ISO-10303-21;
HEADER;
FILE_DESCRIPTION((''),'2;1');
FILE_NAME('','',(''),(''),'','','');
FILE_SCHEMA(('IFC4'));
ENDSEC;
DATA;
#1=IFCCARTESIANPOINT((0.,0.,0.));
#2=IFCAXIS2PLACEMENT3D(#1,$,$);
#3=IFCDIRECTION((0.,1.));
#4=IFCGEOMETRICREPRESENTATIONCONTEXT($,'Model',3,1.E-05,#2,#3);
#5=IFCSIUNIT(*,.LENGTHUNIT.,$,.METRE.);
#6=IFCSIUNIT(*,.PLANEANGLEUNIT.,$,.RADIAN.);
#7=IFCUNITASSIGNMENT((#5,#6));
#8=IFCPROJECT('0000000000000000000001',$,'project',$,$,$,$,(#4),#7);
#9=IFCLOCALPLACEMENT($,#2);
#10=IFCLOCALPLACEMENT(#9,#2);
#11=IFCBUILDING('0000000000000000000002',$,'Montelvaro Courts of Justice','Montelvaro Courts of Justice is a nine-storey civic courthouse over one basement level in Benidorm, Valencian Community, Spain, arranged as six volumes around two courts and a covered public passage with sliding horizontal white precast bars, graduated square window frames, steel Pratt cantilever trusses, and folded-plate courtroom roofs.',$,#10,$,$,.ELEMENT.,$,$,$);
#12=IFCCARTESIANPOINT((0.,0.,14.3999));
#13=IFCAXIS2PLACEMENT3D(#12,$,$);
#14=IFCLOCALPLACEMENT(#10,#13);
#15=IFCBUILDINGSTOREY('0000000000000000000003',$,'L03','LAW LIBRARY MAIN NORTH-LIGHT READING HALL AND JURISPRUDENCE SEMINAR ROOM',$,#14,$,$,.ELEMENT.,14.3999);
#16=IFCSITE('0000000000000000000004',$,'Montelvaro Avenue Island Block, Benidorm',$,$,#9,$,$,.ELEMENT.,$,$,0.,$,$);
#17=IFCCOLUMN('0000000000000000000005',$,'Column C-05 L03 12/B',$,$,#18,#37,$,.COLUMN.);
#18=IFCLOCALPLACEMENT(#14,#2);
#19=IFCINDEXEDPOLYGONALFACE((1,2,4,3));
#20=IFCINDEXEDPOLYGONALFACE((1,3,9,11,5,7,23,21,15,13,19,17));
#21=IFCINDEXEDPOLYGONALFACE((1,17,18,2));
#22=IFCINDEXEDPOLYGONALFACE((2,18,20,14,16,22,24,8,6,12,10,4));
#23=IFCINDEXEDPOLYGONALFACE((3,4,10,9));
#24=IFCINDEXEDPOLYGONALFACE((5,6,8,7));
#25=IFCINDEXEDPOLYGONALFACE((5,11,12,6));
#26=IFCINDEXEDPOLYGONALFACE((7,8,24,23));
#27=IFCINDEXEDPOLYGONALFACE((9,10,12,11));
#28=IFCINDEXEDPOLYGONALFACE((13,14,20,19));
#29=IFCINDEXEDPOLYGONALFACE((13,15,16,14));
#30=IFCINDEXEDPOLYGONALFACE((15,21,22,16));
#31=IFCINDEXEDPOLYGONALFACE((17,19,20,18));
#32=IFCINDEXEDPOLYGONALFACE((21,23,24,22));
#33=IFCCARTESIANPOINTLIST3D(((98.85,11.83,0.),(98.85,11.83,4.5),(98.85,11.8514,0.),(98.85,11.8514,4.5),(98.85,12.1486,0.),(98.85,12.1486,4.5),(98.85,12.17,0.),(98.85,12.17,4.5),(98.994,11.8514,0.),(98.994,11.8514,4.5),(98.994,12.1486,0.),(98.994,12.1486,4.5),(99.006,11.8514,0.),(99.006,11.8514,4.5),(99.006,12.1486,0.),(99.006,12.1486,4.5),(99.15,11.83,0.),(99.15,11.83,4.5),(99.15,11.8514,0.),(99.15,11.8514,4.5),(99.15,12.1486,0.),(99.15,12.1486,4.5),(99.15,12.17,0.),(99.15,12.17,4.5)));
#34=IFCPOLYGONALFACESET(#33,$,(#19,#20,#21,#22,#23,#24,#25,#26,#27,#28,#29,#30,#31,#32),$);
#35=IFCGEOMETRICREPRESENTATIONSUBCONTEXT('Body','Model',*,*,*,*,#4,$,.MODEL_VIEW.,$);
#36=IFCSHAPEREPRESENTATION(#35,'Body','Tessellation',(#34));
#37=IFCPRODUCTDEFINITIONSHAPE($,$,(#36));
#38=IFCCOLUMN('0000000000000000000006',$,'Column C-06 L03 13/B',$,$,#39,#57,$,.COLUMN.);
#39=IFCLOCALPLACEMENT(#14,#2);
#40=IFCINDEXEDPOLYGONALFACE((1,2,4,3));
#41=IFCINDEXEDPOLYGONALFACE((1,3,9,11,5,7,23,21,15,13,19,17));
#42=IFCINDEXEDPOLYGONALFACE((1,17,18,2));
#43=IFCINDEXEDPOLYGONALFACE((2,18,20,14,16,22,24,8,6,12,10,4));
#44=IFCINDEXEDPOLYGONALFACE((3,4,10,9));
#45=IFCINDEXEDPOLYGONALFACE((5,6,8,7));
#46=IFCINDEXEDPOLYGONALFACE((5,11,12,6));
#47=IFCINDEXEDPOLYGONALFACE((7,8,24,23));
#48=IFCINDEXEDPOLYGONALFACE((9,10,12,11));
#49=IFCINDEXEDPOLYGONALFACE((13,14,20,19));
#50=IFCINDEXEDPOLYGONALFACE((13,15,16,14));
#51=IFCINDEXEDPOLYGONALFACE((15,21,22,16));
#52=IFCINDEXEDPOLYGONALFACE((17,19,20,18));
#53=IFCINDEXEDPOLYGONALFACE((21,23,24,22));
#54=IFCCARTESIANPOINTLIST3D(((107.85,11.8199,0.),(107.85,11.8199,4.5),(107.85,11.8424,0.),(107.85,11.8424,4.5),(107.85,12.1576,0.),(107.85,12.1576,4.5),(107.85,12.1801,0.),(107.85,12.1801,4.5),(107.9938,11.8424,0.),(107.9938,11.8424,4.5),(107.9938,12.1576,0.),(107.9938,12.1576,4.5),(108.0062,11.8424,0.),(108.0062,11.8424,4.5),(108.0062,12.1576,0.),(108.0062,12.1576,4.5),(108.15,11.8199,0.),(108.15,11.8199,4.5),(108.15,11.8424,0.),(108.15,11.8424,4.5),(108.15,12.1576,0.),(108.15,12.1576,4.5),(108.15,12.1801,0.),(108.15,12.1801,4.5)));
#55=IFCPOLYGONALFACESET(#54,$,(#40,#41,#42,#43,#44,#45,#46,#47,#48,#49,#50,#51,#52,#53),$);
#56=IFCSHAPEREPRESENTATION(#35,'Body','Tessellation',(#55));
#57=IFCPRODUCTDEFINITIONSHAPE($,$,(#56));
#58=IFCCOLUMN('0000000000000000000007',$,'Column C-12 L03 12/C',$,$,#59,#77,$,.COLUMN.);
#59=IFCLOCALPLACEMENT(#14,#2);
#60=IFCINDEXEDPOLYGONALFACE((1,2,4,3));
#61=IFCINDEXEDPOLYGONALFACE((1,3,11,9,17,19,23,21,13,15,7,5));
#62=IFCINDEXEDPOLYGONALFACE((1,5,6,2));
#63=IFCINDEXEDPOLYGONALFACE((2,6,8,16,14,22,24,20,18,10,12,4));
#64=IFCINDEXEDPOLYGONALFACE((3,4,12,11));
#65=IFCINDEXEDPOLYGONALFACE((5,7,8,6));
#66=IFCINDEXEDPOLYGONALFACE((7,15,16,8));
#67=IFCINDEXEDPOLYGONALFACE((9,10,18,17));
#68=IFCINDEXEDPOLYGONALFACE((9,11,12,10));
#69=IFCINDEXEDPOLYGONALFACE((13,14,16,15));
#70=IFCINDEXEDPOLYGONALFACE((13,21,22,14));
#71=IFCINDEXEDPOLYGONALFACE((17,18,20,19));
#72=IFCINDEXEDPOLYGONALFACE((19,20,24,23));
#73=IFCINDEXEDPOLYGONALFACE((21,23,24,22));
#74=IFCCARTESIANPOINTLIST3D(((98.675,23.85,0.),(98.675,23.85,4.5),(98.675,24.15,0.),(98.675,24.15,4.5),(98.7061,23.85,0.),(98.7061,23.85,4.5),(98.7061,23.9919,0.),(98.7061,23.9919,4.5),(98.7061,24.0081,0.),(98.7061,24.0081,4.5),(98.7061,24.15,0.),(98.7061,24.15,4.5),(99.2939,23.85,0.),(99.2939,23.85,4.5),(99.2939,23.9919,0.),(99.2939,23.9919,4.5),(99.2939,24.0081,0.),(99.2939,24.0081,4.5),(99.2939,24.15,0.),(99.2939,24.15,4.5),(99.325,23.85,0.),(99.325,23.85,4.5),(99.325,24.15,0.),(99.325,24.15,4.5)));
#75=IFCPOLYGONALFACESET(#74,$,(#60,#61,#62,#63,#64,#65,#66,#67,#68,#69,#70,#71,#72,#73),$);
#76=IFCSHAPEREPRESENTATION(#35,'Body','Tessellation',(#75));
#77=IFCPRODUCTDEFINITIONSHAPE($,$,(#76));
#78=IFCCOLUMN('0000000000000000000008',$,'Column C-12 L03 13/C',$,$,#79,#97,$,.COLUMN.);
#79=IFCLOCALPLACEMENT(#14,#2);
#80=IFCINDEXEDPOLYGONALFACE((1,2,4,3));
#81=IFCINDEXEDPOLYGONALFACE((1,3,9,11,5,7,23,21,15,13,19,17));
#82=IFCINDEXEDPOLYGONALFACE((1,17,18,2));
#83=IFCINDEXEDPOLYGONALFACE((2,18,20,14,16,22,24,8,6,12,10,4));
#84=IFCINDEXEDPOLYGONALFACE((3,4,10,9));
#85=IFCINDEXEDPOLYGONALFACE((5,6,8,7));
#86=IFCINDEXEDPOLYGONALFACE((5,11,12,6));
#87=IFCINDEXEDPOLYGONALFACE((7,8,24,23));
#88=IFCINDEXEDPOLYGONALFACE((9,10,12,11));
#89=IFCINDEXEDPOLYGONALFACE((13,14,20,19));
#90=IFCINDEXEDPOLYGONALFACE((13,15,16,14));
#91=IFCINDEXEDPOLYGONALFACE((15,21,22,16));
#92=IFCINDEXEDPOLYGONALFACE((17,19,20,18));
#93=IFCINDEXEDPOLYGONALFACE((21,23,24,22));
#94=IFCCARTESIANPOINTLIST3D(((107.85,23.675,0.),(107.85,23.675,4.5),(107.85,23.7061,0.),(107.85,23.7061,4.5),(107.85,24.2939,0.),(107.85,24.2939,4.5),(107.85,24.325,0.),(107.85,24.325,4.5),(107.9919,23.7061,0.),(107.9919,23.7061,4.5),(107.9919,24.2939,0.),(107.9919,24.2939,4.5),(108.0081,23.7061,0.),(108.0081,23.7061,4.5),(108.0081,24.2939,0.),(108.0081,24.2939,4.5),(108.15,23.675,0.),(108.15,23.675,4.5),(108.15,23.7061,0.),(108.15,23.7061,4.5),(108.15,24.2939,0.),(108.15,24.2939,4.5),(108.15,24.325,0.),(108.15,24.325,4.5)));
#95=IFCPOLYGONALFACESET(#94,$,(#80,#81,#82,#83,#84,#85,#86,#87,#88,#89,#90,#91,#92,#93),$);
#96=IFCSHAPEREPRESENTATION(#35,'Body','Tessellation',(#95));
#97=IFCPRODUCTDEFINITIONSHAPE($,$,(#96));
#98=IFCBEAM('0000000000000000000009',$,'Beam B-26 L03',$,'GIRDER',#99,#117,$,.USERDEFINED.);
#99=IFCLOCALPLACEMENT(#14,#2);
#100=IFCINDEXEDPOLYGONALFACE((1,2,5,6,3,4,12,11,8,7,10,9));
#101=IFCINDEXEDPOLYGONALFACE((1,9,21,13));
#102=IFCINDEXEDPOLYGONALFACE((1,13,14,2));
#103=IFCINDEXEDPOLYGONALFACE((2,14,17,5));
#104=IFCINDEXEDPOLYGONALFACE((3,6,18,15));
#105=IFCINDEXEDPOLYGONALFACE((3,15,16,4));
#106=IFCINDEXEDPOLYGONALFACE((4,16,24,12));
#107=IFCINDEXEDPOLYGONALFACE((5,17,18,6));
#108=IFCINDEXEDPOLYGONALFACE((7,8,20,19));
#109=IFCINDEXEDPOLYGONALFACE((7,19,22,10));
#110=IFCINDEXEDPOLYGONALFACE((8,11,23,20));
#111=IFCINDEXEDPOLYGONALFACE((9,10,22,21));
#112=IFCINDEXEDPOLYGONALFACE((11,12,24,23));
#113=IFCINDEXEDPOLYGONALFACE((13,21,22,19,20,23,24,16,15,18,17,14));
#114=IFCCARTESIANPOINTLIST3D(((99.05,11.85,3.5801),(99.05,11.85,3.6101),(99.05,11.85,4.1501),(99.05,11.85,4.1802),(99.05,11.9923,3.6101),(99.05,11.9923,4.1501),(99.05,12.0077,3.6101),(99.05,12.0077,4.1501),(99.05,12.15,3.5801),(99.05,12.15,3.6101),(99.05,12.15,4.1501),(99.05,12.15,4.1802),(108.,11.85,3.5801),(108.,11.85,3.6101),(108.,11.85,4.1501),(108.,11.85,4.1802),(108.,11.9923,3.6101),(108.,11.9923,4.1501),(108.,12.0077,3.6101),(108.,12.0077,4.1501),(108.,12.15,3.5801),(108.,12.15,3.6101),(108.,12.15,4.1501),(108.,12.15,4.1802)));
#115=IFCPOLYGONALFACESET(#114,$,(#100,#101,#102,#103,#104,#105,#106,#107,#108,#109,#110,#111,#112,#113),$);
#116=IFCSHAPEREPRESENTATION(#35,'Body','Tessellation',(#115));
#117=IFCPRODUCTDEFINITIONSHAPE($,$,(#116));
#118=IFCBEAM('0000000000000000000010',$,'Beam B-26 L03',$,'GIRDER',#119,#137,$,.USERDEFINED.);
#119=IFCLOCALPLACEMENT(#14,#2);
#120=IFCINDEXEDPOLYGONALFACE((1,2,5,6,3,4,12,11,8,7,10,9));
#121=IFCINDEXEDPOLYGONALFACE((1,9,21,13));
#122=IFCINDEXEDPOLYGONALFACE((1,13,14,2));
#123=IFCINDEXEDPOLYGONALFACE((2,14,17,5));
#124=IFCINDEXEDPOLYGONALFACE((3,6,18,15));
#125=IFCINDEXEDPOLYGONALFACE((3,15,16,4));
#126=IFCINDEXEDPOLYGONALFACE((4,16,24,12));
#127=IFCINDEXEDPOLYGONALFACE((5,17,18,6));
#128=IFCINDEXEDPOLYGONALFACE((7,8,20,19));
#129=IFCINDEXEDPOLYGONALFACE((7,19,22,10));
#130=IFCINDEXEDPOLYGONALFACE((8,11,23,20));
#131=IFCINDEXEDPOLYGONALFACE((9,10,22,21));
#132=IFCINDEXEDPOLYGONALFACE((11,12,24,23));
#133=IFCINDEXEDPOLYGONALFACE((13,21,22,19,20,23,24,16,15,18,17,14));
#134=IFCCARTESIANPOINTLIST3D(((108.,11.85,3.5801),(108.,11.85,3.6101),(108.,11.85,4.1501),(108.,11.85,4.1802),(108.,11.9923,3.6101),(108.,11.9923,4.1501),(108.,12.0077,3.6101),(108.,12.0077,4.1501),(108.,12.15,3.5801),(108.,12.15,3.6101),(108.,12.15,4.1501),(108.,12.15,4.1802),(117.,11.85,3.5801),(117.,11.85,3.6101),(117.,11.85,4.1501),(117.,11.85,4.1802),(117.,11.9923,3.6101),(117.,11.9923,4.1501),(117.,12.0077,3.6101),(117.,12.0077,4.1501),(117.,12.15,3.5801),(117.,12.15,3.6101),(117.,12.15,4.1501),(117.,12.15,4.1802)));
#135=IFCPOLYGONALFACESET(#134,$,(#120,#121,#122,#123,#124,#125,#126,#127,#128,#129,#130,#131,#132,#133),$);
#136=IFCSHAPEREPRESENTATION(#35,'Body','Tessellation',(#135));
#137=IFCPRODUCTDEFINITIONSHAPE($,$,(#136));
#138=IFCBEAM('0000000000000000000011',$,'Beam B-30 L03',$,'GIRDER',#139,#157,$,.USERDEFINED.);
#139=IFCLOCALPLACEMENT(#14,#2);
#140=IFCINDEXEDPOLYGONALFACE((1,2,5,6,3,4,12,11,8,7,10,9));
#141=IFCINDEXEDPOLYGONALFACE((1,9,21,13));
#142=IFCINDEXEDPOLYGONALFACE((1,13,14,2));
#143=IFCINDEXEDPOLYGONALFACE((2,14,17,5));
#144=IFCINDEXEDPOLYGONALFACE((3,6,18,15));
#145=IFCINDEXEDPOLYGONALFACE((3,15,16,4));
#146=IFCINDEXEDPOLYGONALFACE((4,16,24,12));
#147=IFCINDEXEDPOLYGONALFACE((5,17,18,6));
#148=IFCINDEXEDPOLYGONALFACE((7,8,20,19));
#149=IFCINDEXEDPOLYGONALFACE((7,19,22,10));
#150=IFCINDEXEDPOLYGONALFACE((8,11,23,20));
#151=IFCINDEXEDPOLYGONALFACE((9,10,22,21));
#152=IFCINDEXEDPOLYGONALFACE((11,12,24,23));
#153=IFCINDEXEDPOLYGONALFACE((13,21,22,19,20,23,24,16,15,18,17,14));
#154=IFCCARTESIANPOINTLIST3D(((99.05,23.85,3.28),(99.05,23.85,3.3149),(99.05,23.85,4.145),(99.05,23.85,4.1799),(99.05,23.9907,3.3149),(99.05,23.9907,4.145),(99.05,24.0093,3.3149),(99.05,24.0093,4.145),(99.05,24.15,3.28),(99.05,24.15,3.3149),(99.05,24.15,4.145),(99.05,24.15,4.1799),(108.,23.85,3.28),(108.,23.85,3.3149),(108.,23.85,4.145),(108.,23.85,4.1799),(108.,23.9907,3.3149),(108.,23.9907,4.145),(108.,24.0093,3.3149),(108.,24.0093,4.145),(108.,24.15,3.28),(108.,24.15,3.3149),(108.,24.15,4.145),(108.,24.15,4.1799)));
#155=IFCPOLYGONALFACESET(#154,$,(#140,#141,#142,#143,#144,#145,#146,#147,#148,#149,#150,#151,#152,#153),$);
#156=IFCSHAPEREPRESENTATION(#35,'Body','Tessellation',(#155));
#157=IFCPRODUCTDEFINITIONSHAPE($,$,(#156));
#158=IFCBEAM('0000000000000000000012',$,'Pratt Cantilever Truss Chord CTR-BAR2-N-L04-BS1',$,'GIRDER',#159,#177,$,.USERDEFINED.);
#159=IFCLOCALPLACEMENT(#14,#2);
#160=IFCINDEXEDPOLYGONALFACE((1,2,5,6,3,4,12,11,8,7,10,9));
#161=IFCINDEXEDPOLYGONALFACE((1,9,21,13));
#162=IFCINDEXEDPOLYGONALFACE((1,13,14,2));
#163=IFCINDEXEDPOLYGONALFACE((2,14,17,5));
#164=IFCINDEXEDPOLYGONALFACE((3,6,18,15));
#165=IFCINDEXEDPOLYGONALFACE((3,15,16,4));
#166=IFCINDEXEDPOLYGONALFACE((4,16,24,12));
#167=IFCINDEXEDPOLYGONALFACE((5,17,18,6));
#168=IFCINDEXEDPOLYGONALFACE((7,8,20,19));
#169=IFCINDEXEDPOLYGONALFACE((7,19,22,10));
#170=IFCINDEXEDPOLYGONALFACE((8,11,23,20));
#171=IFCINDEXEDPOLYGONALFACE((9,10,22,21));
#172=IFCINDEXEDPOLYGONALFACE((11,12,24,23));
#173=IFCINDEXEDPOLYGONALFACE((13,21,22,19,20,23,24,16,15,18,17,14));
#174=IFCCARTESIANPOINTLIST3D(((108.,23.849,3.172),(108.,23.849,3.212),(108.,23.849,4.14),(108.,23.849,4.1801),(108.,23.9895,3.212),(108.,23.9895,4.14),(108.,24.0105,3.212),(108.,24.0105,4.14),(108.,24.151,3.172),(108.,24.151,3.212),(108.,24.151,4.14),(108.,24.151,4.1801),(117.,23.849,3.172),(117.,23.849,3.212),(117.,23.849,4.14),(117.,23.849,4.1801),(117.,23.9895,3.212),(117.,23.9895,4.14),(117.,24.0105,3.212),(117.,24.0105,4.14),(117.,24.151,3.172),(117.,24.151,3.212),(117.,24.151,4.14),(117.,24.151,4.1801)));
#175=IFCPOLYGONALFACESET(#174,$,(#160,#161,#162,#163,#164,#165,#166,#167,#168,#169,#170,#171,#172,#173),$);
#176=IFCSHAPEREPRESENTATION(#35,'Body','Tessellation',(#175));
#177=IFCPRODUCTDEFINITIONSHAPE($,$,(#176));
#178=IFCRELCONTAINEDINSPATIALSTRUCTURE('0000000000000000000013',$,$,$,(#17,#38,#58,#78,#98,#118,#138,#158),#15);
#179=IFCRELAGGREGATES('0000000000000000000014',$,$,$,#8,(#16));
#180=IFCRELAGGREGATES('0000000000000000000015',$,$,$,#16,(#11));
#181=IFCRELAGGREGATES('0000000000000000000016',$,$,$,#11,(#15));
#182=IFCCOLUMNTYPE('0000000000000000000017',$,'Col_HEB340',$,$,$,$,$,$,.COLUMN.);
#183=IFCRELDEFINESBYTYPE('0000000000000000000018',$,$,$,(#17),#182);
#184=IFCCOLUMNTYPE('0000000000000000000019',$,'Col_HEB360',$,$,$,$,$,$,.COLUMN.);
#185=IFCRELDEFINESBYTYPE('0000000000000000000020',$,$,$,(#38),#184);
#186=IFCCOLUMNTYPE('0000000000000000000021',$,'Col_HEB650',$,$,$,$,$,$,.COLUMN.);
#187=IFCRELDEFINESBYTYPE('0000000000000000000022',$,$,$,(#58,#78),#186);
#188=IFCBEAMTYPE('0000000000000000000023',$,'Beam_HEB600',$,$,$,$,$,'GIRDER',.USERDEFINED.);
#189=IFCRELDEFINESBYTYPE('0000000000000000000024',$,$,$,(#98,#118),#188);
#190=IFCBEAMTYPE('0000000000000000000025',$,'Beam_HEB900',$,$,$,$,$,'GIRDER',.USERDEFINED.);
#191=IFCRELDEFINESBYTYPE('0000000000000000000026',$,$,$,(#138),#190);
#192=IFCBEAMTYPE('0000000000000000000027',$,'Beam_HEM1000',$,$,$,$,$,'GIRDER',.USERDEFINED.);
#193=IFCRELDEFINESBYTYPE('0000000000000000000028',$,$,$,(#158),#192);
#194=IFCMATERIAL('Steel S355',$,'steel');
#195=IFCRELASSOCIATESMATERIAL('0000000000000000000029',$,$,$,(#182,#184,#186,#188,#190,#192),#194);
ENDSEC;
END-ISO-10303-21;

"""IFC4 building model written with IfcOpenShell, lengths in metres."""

from ifc_helpers import new_model, si_unit, direction, frame, origin, origin_2d, place, context, subcontext, project, spatial, i_section, extrude, material, material_profile, profile_set, type_object, element, save


model = new_model("IFC4")

# Units and contexts
model_context = context("Model", 3, precision=1e-05, world=origin(), true_north=direction((0.0, 1.0)))
body_context = subcontext(model_context, "Body", "Model", "MODEL_VIEW")
ifc_project = project(units=[si_unit("LENGTHUNIT", "METRE"), si_unit("PLANEANGLEUNIT", "RADIAN")], contexts=[model_context])

# Site, building, storey
site_placement = place(None, origin())
site = spatial("IfcSite", under=ifc_project, at=site_placement, Name="Montelvaro Avenue Island Block, Benidorm", CompositionType="ELEMENT", RefElevation=0.0)
building_placement = place(site_placement, origin())
building = spatial("IfcBuilding", under=site, at=building_placement, Name="Montelvaro Courts of Justice", Description="Montelvaro Courts of Justice is a nine-storey civic courthouse over one basement level in Benidorm, Valencian Community, Spain, arranged as six volumes around two courts and a covered public passage with sliding horizontal white precast bars, graduated square window frames, steel Pratt cantilever trusses, and folded-plate courtroom roofs.", CompositionType="ELEMENT")
storey_placement = place(building_placement, frame((0.0, 0.0, 14.3999)))
storey = spatial("IfcBuildingStorey", under=building, at=storey_placement, Name="L03", Description="LAW LIBRARY MAIN NORTH-LIGHT READING HALL AND JURISPRUDENCE SEMINAR ROOM", CompositionType="ELEMENT", Elevation=14.3999)

# Columns
ifc_material_1 = material(Name="Steel S355", Category="steel")
ifc_material_profile_1 = material_profile(ifc_material_1, i_section(OverallWidth=0.3, OverallDepth=0.3401, WebThickness=0.012, FlangeThickness=0.0215, at=origin_2d()), Name="HEB 340")
ifc_profile_set_1 = profile_set([ifc_material_profile_1], Name="Steel S355")
column_type_1 = type_object("IfcColumnType", Name="Col_HEB340", PredefinedType="COLUMN", material=ifc_profile_set_1)
column_1_placement = place(storey_placement, frame((99.0, 12.0, 0.0), z_axis=(0.0, 0.0, 1.0), x_axis=(1.0, 0.0, 0.0)))
element("IfcColumn", 1, at=column_1_placement, inside=storey, type_object=column_type_1, Name="Column C-05 L03 12/B", PredefinedType="COLUMN", context=body_context, shape_type="SweptSolid", body=[
    extrude(i_section(OverallWidth=0.3, OverallDepth=0.3401, WebThickness=0.012, FlangeThickness=0.0215, at=origin_2d()), origin(), (0.0, 0.0, 1.0), 4.5),
])
ifc_material_profile_2 = material_profile(ifc_material_1, i_section(OverallWidth=0.3, OverallDepth=0.3601, WebThickness=0.0125, FlangeThickness=0.0225, at=origin_2d()), Name="HEB 360")
ifc_profile_set_2 = profile_set([ifc_material_profile_2], Name="Steel S355")
column_type_2 = type_object("IfcColumnType", Name="Col_HEB360", PredefinedType="COLUMN", material=ifc_profile_set_2)
column_2_placement = place(storey_placement, frame((108.0, 12.0, 0.0), z_axis=(0.0, 0.0, 1.0), x_axis=(1.0, 0.0, 0.0)))
element("IfcColumn", 2, at=column_2_placement, inside=storey, type_object=column_type_2, Name="Column C-06 L03 13/B", PredefinedType="COLUMN", context=body_context, shape_type="SweptSolid", body=[
    extrude(i_section(OverallWidth=0.3, OverallDepth=0.3601, WebThickness=0.0125, FlangeThickness=0.0225, at=origin_2d()), origin(), (0.0, 0.0, 1.0), 4.5),
])
ifc_material_profile_3 = material_profile(ifc_material_1, i_section(OverallWidth=0.3, OverallDepth=0.6499, WebThickness=0.0161, FlangeThickness=0.031, at=origin_2d()), Name="HEB 650")
ifc_profile_set_3 = profile_set([ifc_material_profile_3], Name="Steel S355")
column_type_3 = type_object("IfcColumnType", Name="Col_HEB650", PredefinedType="COLUMN", material=ifc_profile_set_3)
for number, where, z_axis, x_axis, name in (
    (3, (99.0, 24.0, 0.0), (0.0, 0.0, 1.0), (0.0, 1.0, 0.0), "Column C-12 L03 12/C"),
    (4, (108.0, 24.0, 0.0), (0.0, 0.0, 1.0), (1.0, 0.0, 0.0), "Column C-12 L03 13/C"),
):
    element("IfcColumn", number, at=place(storey_placement, frame(where, z_axis=z_axis, x_axis=x_axis)), inside=storey, type_object=column_type_3, Name=name, PredefinedType="COLUMN", context=body_context, shape_type="SweptSolid", body=[
        extrude(i_section(OverallWidth=0.3, OverallDepth=0.6499, WebThickness=0.0161, FlangeThickness=0.031, at=origin_2d()), origin(), (0.0, 0.0, 1.0), 4.5),
    ])

# Beams
ifc_material_profile_4 = material_profile(ifc_material_1, i_section(OverallWidth=0.3, OverallDepth=0.6001, WebThickness=0.0154, FlangeThickness=0.03, at=origin_2d()), Name="HEB 600")
ifc_profile_set_4 = profile_set([ifc_material_profile_4], Name="Steel S355")
beam_type_1 = type_object("IfcBeamType", Name="Beam_HEB600", ElementType="GIRDER", PredefinedType="USERDEFINED", material=ifc_profile_set_4)
beam_1_placement = place(storey_placement, frame((99.05, 12.0, 3.8801), z_axis=(1.0, 0.0, 0.0), x_axis=(0.0, 1.0, 0.0)))
element("IfcBeam", 5, at=beam_1_placement, inside=storey, type_object=beam_type_1, Name="Beam B-26 L03", ObjectType="GIRDER", PredefinedType="USERDEFINED", context=body_context, shape_type="SweptSolid", body=[
    extrude(i_section(OverallWidth=0.3, OverallDepth=0.6001, WebThickness=0.0154, FlangeThickness=0.03, at=origin_2d()), origin(), (0.0, 0.0, 1.0), 8.95),
])
beam_2_placement = place(storey_placement, frame((108.0, 12.0, 3.8801), z_axis=(1.0, 0.0, 0.0), x_axis=(0.0, 1.0, 0.0)))
element("IfcBeam", 6, at=beam_2_placement, inside=storey, type_object=beam_type_1, Name="Beam B-26 L03", ObjectType="GIRDER", PredefinedType="USERDEFINED", context=body_context, shape_type="SweptSolid", body=[
    extrude(i_section(OverallWidth=0.3, OverallDepth=0.6001, WebThickness=0.0154, FlangeThickness=0.03, at=origin_2d()), origin(), (0.0, 0.0, 1.0), 9.0),
])
ifc_material_profile_5 = material_profile(ifc_material_1, i_section(OverallWidth=0.3, OverallDepth=0.8999, WebThickness=0.0186, FlangeThickness=0.0349, at=origin_2d()), Name="HEB 900")
ifc_profile_set_5 = profile_set([ifc_material_profile_5], Name="Steel S355")
beam_type_2 = type_object("IfcBeamType", Name="Beam_HEB900", ElementType="GIRDER", PredefinedType="USERDEFINED", material=ifc_profile_set_5)
beam_3_placement = place(storey_placement, frame((99.05, 24.0, 3.73), z_axis=(1.0, 0.0, 0.0), x_axis=(0.0, 1.0, 0.0)))
element("IfcBeam", 7, at=beam_3_placement, inside=storey, type_object=beam_type_2, Name="Beam B-30 L03", ObjectType="GIRDER", PredefinedType="USERDEFINED", context=body_context, shape_type="SweptSolid", body=[
    extrude(i_section(OverallWidth=0.3, OverallDepth=0.8999, WebThickness=0.0186, FlangeThickness=0.0349, at=origin_2d()), origin(), (0.0, 0.0, 1.0), 8.95),
])
ifc_material_profile_6 = material_profile(ifc_material_1, i_section(OverallWidth=0.302, OverallDepth=1.0081, WebThickness=0.021, FlangeThickness=0.04, at=origin_2d()), Name="HEM 1000")
ifc_profile_set_6 = profile_set([ifc_material_profile_6], Name="Steel S355")
beam_type_3 = type_object("IfcBeamType", Name="Beam_HEM1000", ElementType="GIRDER", PredefinedType="USERDEFINED", material=ifc_profile_set_6)
beam_4_placement = place(storey_placement, frame((108.0, 24.0, 3.676), z_axis=(1.0, 0.0, 0.0), x_axis=(0.0, 1.0, 0.0)))
element("IfcBeam", 8, at=beam_4_placement, inside=storey, type_object=beam_type_3, Name="Pratt Cantilever Truss Chord CTR-BAR2-N-L04-BS1", ObjectType="GIRDER", PredefinedType="USERDEFINED", context=body_context, shape_type="SweptSolid", body=[
    extrude(i_section(OverallWidth=0.302, OverallDepth=1.0081, WebThickness=0.021, FlangeThickness=0.04, at=origin_2d()), origin(), (0.0, 0.0, 1.0), 9.0),
])

save(model, "model.ifc")
